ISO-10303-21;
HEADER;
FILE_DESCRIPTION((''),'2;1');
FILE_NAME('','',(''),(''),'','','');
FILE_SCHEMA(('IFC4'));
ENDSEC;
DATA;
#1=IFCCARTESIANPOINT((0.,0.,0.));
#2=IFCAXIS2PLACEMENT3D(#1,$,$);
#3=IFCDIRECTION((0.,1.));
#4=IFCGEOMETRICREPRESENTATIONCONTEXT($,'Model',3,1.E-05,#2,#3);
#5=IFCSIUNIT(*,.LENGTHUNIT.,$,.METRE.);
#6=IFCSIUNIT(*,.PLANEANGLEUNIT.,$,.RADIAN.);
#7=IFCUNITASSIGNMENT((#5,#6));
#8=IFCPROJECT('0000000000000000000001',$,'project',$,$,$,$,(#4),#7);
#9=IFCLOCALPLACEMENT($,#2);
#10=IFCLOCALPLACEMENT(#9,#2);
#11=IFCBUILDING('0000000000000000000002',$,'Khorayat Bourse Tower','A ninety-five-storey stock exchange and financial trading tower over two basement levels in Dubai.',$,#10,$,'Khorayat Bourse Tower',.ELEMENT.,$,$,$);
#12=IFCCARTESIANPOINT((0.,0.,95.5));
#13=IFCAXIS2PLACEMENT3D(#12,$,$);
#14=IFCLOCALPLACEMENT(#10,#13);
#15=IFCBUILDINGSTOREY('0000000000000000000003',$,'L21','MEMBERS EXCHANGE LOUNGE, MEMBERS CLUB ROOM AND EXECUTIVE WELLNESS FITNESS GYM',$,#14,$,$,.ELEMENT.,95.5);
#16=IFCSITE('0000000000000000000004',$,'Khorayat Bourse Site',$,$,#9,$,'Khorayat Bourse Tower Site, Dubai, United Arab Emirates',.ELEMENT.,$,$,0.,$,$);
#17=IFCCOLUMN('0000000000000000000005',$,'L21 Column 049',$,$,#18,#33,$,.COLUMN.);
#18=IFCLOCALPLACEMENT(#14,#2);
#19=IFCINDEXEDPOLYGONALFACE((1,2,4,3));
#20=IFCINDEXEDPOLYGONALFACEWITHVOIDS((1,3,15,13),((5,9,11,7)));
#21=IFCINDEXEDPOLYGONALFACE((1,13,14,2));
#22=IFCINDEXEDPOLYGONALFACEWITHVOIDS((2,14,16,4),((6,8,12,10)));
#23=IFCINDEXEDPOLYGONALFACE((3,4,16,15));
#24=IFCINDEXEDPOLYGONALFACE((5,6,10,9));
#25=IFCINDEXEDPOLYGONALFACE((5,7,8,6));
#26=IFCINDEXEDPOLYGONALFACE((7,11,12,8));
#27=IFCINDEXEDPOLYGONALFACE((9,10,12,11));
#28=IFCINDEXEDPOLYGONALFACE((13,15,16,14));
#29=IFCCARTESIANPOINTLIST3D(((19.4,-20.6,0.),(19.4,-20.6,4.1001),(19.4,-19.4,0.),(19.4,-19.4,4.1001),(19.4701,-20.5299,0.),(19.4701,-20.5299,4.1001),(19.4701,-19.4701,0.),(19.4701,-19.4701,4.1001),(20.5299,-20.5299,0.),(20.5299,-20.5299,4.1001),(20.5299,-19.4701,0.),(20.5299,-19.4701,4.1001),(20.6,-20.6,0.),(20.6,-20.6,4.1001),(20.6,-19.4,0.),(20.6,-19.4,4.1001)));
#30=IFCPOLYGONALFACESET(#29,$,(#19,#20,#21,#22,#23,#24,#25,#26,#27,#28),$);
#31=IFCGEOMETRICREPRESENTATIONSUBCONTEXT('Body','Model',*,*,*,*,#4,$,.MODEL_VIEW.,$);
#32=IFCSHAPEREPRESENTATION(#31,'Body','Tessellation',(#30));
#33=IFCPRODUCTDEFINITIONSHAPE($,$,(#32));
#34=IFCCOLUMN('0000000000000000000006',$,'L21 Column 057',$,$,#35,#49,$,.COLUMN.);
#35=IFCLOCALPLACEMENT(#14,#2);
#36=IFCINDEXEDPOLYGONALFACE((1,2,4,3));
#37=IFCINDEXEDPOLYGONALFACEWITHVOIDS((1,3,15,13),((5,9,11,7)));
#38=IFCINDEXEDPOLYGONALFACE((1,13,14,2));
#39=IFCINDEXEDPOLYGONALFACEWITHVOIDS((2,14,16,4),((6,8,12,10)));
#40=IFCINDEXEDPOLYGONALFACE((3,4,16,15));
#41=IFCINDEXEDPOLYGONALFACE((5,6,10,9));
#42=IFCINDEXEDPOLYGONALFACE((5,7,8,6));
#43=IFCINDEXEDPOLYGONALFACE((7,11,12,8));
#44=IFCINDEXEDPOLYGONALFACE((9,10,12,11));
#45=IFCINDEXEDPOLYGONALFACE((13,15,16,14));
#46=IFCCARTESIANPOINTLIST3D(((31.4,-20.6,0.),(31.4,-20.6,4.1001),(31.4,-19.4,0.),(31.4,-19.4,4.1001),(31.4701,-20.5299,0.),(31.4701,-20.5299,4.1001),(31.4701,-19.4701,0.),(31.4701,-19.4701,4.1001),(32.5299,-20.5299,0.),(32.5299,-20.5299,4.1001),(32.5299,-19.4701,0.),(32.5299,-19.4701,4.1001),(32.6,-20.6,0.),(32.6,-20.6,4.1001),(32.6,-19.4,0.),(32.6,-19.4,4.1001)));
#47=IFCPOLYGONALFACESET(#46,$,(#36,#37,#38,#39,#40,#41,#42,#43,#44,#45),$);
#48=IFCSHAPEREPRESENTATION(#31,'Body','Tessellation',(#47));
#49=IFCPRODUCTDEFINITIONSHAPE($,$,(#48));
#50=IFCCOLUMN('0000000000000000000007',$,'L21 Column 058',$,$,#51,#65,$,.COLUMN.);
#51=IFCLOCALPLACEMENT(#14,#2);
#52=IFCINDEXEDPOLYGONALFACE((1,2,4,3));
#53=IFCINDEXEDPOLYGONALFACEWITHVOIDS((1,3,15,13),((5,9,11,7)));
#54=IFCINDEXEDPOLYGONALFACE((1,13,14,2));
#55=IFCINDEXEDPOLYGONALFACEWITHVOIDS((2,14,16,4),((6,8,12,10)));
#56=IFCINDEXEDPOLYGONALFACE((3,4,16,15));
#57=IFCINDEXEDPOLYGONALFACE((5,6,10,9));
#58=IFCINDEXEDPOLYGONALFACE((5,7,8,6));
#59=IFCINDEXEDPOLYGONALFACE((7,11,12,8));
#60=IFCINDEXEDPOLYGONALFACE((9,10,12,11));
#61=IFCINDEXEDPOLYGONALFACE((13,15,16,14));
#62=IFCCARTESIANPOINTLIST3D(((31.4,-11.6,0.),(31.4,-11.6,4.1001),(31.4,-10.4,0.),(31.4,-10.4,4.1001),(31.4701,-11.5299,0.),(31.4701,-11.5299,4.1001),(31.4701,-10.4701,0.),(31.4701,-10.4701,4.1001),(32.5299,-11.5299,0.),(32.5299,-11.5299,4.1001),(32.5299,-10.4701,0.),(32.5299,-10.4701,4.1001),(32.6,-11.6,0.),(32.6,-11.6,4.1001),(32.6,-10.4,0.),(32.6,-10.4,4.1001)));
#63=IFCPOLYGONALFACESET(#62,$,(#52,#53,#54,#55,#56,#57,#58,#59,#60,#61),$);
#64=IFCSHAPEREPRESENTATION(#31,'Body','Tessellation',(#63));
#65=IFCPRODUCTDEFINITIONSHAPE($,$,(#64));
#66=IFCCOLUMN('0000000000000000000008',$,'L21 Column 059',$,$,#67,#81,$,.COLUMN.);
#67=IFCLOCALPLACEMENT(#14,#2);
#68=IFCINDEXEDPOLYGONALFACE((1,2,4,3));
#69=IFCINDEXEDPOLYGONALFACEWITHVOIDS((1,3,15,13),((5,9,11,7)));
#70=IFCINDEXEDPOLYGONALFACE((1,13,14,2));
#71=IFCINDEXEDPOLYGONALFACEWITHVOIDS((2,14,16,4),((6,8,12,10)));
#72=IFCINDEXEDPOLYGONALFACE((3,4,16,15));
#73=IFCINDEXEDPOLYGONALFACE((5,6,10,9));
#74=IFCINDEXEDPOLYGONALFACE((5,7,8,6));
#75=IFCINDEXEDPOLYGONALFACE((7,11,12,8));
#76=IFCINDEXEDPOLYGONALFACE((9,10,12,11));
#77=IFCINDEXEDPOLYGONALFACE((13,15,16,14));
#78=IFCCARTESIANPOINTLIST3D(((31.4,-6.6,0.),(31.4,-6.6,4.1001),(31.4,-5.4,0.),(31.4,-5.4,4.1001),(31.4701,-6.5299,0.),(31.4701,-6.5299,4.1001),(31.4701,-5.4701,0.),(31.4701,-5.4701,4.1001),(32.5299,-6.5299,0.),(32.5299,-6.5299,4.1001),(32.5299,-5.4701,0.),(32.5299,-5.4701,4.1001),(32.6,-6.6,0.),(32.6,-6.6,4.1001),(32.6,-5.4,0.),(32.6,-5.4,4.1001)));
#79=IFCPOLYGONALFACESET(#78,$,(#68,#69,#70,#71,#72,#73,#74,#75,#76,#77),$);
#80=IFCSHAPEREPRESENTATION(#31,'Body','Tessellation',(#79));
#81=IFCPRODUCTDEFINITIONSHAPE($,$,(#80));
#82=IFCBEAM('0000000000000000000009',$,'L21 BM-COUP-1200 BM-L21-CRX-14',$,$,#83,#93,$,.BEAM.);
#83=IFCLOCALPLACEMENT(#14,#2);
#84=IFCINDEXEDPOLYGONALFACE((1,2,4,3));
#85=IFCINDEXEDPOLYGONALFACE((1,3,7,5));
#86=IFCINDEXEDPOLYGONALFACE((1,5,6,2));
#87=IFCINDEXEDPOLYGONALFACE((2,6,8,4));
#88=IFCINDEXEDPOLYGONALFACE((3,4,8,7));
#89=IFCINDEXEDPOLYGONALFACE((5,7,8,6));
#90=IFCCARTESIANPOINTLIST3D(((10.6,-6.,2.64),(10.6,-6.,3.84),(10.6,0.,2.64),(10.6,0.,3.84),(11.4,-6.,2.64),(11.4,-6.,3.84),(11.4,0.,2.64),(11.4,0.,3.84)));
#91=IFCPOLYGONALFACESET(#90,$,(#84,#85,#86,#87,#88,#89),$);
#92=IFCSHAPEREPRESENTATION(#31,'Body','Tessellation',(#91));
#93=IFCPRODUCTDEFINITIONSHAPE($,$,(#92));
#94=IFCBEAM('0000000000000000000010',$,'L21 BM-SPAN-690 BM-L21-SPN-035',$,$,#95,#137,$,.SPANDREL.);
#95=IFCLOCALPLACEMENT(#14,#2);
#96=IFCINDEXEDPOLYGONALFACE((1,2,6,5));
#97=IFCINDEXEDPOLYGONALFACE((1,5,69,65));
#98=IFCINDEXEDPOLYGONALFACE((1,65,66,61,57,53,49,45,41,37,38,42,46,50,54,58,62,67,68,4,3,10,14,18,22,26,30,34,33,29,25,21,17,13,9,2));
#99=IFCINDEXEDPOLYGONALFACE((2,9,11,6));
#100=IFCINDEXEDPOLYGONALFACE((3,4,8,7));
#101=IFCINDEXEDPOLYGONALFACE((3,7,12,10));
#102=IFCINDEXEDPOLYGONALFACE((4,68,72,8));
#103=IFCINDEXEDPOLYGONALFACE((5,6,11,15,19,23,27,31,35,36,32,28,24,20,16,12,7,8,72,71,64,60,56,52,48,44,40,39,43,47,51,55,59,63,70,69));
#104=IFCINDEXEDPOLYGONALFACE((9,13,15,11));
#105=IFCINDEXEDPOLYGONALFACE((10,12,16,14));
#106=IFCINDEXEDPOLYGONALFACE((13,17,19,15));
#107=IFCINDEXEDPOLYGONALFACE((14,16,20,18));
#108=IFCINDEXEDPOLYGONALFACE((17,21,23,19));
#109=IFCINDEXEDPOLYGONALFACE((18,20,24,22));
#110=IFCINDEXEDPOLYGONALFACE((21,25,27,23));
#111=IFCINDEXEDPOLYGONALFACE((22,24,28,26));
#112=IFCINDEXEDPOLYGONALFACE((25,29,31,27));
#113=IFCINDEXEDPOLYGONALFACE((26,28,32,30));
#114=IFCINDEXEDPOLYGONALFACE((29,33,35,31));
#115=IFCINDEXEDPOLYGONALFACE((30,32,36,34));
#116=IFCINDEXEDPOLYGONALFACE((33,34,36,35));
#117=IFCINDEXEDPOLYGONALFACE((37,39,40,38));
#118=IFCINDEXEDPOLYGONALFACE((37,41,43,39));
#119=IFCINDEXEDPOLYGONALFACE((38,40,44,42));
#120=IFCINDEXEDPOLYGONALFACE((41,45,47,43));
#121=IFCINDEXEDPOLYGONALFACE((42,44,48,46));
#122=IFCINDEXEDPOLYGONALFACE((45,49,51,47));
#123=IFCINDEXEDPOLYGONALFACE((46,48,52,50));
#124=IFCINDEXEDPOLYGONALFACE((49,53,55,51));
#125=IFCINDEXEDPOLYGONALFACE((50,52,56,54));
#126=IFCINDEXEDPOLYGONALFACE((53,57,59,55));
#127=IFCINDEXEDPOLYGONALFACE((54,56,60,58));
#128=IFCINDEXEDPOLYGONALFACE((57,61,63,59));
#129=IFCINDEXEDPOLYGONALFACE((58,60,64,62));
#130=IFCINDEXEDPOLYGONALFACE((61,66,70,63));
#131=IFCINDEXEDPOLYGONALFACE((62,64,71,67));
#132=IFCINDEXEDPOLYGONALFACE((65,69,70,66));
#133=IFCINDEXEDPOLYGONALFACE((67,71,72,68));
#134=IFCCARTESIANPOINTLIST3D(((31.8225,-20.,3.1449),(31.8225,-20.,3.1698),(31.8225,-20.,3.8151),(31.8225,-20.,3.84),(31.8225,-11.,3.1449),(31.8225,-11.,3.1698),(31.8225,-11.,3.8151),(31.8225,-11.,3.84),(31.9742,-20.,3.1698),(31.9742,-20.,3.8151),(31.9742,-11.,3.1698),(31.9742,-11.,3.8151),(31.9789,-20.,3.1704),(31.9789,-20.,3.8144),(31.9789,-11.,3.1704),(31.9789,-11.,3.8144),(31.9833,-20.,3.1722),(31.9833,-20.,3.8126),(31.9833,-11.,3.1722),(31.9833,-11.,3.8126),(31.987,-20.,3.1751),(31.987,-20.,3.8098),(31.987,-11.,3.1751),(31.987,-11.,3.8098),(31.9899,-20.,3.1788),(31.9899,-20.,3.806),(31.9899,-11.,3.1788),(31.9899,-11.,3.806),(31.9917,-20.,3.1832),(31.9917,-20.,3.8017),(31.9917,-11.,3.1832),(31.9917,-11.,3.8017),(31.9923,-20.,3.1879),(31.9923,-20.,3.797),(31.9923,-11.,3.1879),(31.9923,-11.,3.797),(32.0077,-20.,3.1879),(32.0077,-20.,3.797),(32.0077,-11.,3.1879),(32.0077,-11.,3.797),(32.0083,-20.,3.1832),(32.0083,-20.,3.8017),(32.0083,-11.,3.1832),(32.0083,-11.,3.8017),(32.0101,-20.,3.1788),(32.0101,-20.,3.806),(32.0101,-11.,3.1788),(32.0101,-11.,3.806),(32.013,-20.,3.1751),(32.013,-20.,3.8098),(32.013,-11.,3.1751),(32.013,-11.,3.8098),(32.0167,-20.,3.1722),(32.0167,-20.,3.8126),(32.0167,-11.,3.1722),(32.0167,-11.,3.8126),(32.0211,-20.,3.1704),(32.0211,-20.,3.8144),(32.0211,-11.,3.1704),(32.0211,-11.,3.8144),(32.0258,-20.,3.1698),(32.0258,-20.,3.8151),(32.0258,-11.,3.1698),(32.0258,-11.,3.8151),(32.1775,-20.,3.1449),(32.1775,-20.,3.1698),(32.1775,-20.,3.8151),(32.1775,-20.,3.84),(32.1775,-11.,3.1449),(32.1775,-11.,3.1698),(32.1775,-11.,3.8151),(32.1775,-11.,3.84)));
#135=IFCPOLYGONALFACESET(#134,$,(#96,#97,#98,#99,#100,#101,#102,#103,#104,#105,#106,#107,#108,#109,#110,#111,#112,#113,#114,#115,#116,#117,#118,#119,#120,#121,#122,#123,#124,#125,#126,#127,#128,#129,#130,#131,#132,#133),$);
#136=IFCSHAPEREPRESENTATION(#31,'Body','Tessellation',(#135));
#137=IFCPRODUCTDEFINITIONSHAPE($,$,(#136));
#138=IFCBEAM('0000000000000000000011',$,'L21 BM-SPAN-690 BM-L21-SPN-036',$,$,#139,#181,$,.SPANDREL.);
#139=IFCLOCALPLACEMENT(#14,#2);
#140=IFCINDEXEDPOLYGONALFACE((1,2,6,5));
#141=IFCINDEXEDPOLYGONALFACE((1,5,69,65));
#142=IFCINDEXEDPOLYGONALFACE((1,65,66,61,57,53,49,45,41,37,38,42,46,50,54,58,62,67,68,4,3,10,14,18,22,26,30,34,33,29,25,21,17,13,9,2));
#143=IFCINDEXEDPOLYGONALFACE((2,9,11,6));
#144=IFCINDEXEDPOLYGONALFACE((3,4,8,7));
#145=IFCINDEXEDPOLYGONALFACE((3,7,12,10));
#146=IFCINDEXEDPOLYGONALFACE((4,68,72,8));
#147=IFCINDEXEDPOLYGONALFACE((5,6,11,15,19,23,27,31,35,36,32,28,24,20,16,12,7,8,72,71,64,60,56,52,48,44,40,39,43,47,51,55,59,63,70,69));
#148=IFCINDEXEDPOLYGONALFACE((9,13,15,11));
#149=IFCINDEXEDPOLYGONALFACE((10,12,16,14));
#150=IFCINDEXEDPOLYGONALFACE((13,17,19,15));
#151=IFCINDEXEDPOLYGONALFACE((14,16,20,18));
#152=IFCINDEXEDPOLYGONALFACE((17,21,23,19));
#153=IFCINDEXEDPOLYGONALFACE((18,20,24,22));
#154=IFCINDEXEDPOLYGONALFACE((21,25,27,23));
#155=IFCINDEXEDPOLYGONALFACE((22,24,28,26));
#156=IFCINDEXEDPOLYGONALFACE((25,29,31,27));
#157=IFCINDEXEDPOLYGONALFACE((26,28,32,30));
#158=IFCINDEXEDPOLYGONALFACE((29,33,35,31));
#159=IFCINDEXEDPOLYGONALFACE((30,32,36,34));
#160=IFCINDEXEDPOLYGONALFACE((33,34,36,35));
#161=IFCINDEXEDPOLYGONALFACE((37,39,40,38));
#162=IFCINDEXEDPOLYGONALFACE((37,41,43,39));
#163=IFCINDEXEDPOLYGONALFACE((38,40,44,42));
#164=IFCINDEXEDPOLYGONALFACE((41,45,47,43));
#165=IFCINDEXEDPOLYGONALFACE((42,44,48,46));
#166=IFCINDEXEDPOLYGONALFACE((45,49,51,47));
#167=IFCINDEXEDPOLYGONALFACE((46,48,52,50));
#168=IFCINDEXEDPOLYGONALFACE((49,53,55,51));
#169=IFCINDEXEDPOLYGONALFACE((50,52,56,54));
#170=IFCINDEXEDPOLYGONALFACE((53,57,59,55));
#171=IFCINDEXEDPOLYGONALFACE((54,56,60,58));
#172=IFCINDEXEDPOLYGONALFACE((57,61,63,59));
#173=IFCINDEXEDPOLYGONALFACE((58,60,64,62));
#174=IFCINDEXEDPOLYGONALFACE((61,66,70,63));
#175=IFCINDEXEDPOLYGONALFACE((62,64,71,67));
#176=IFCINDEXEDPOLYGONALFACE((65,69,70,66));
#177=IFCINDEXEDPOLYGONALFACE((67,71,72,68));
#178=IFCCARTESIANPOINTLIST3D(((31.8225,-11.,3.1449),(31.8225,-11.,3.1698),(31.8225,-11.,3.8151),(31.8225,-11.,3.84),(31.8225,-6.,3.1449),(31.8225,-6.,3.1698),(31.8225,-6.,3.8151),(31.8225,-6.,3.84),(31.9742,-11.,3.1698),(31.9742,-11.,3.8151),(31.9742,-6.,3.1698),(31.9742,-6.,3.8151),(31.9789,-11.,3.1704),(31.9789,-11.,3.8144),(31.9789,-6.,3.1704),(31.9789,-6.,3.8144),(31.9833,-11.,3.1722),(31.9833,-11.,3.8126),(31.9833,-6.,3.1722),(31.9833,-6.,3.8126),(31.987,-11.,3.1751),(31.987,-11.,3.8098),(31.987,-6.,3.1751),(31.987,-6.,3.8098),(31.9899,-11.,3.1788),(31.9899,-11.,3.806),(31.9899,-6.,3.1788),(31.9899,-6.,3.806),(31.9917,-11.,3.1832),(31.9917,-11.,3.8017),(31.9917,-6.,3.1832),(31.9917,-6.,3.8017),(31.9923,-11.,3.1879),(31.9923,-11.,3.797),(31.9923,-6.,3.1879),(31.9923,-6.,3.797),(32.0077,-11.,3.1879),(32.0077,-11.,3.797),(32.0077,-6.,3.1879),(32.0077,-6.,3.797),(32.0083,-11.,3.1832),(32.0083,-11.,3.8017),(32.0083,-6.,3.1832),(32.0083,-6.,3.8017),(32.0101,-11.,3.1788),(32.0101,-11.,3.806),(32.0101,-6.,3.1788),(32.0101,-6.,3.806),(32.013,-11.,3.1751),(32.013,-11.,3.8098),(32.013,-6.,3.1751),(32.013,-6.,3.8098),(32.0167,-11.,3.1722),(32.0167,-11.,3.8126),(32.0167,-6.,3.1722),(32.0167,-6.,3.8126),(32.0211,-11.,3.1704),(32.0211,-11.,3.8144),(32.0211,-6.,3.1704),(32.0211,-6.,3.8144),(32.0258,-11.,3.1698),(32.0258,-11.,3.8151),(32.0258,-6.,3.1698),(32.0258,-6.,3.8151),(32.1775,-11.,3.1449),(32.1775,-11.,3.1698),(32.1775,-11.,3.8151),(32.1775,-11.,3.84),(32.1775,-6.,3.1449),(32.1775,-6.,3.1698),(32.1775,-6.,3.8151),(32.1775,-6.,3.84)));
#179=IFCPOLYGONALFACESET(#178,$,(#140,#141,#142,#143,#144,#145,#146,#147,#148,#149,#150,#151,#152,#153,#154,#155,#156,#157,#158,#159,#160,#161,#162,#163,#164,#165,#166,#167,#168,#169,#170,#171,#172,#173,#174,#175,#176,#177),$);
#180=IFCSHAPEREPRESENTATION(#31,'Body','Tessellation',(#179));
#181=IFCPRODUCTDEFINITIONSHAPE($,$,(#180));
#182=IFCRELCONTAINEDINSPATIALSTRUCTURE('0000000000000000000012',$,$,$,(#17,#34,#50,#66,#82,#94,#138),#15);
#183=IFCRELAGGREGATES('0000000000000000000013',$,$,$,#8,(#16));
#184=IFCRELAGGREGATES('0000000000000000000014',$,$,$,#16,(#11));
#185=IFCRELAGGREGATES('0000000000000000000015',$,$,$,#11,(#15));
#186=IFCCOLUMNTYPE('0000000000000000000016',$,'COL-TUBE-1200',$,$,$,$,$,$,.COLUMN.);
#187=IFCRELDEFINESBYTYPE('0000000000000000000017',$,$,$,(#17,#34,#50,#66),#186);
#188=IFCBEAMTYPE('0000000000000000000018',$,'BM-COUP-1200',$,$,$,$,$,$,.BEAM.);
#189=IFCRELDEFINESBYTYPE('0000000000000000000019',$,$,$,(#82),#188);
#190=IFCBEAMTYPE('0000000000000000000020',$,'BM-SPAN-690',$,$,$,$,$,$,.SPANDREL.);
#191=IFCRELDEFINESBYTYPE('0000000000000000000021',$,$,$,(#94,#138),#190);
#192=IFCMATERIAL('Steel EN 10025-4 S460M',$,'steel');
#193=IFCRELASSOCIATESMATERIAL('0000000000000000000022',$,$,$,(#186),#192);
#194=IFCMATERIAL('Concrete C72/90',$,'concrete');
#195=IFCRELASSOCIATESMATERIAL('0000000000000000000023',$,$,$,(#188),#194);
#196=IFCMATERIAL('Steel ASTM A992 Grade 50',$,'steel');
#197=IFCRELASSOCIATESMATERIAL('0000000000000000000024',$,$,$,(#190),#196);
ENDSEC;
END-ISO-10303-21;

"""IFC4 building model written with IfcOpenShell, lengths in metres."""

from ifc_helpers import new_model, si_unit, direction, frame, origin, origin_2d, place, context, subcontext, project, spatial, rectangle, hollow_rectangle, i_section, extrude, source, transform, mapped, material, material_profile, profile_set, type_object, element, save


model = new_model("IFC4")

# Units and contexts
model_context = context("Model", 3, precision=1e-05, world=origin(), true_north=direction((0.0, 1.0)))
body_context = subcontext(model_context, "Body", "Model", "MODEL_VIEW")
ifc_project = project(units=[si_unit("LENGTHUNIT", "METRE"), si_unit("PLANEANGLEUNIT", "RADIAN")], contexts=[model_context])

# Site, building, storey
site_placement = place(None, origin())
site = spatial("IfcSite", under=ifc_project, at=site_placement, Name="Khorayat Bourse Site", LongName="Khorayat Bourse Tower Site, Dubai, United Arab Emirates", CompositionType="ELEMENT", RefElevation=0.0)
building_placement = place(site_placement, origin())
building = spatial("IfcBuilding", under=site, at=building_placement, Name="Khorayat Bourse Tower", Description="A ninety-five-storey stock exchange and financial trading tower over two basement levels in Dubai.", LongName="Khorayat Bourse Tower", CompositionType="ELEMENT")
storey_placement = place(building_placement, frame((0.0, 0.0, 95.5)))
storey = spatial("IfcBuildingStorey", under=building, at=storey_placement, Name="L21", Description="MEMBERS EXCHANGE LOUNGE, MEMBERS CLUB ROOM AND EXECUTIVE WELLNESS FITNESS GYM", CompositionType="ELEMENT", Elevation=95.5)

# Columns
ifc_material_1 = material(Name="Steel EN 10025-4 S460M", Category="steel")
ifc_material_profile_1 = material_profile(ifc_material_1, hollow_rectangle(XDim=1.2, YDim=1.2, WallThickness=0.0701, at=origin_2d()), Name="BOX 1200x1200x70")
ifc_profile_set_1 = profile_set([ifc_material_profile_1], Name="Steel EN 10025-4 S460M")
column_type = type_object("IfcColumnType", Name="COL-TUBE-1200", PredefinedType="COLUMN", material=ifc_profile_set_1)
shared_shape_1 = source(origin(), body_context, "Body", "SweptSolid", [
    extrude(hollow_rectangle(XDim=1.2, YDim=1.2, WallThickness=0.0701, at=origin_2d()), origin(), (0.0, 0.0, 1.0), 4.1001),
])
for number, where, z_axis, x_axis, name in (
    (1, (20.0, -20.0, 0.0), (0.0, 0.0, 1.0), (1.0, 0.0, 0.0), "L21 Column 049"),
    (2, (32.0, -20.0, 0.0), (0.0, 0.0, 1.0), (1.0, 0.0, 0.0), "L21 Column 057"),
    (3, (32.0, -11.0, 0.0), (0.0, 0.0, 1.0), (1.0, 0.0, 0.0), "L21 Column 058"),
    (4, (32.0, -6.0, 0.0), (0.0, 0.0, 1.0), (1.0, 0.0, 0.0), "L21 Column 059"),
):
    element("IfcColumn", number, at=place(storey_placement, frame(where, z_axis=z_axis, x_axis=x_axis)), inside=storey, type_object=column_type, Name=name, PredefinedType="COLUMN", context=body_context, shape_type="MappedRepresentation", body=[
        mapped(shared_shape_1, transform((0.0, 0.0, 0.0), scale=1.0)),
    ])

# Beams
ifc_material_2 = material(Name="Concrete C72/90", Category="concrete")
ifc_material_profile_2 = material_profile(ifc_material_2, rectangle(XDim=0.8, YDim=1.2, at=origin_2d()), Name="RC 800x1200")
ifc_profile_set_2 = profile_set([ifc_material_profile_2], Name="Concrete C72/90")
beam_type_1 = type_object("IfcBeamType", Name="BM-COUP-1200", PredefinedType="BEAM", material=ifc_profile_set_2)
shared_shape_2 = source(origin(), body_context, "Body", "SweptSolid", [
    extrude(rectangle(XDim=0.8, YDim=1.2, at=origin_2d()), origin(), (0.0, 0.0, 1.0), 6.0),
])
beam_1_placement = place(storey_placement, frame((11.0, -6.0, 3.24), z_axis=(0.0, 1.0, 0.0), x_axis=(-1.0, 0.0, 0.0)))
element("IfcBeam", 5, at=beam_1_placement, inside=storey, type_object=beam_type_1, Name="L21 BM-COUP-1200 BM-L21-CRX-14", PredefinedType="BEAM", context=body_context, shape_type="MappedRepresentation", body=[
    mapped(shared_shape_2, transform((0.0, 0.0, 0.0), scale=1.0)),
])
ifc_material_3 = material(Name="Steel ASTM A992 Grade 50", Category="steel")
ifc_material_profile_3 = material_profile(ifc_material_3, i_section(OverallWidth=0.355, OverallDepth=0.6951, WebThickness=0.0154, FlangeThickness=0.0249, FilletRadius=0.0181, at=origin_2d()), Name="W690X217")
ifc_profile_set_3 = profile_set([ifc_material_profile_3], Name="Steel ASTM A992 Grade 50")
beam_type_2 = type_object("IfcBeamType", Name="BM-SPAN-690", PredefinedType="SPANDREL", material=ifc_profile_set_3)
shared_shape_3 = source(origin(), body_context, "Body", "SweptSolid", [
    extrude(i_section(OverallWidth=0.355, OverallDepth=0.6951, WebThickness=0.0154, FlangeThickness=0.0249, FilletRadius=0.0181, at=origin_2d()), origin(), (0.0, 0.0, 1.0), 9.0),
])
beam_2_placement = place(storey_placement, frame((32.0, -20.0, 3.4924), z_axis=(0.0, 1.0, 0.0), x_axis=(-1.0, 0.0, 0.0)))
element("IfcBeam", 6, at=beam_2_placement, inside=storey, type_object=beam_type_2, Name="L21 BM-SPAN-690 BM-L21-SPN-035", PredefinedType="SPANDREL", context=body_context, shape_type="MappedRepresentation", body=[
    mapped(shared_shape_3, transform((0.0, 0.0, 0.0), scale=1.0)),
])
shared_shape_4 = source(origin(), body_context, "Body", "SweptSolid", [
    extrude(i_section(OverallWidth=0.355, OverallDepth=0.6951, WebThickness=0.0154, FlangeThickness=0.0249, FilletRadius=0.0181, at=origin_2d()), origin(), (0.0, 0.0, 1.0), 5.0),
])
beam_3_placement = place(storey_placement, frame((32.0, -11.0, 3.4924), z_axis=(0.0, 1.0, 0.0), x_axis=(-1.0, 0.0, 0.0)))
element("IfcBeam", 7, at=beam_3_placement, inside=storey, type_object=beam_type_2, Name="L21 BM-SPAN-690 BM-L21-SPN-036", PredefinedType="SPANDREL", context=body_context, shape_type="MappedRepresentation", body=[
    mapped(shared_shape_4, transform((0.0, 0.0, 0.0), scale=1.0)),
])

save(model, "model.ifc")
